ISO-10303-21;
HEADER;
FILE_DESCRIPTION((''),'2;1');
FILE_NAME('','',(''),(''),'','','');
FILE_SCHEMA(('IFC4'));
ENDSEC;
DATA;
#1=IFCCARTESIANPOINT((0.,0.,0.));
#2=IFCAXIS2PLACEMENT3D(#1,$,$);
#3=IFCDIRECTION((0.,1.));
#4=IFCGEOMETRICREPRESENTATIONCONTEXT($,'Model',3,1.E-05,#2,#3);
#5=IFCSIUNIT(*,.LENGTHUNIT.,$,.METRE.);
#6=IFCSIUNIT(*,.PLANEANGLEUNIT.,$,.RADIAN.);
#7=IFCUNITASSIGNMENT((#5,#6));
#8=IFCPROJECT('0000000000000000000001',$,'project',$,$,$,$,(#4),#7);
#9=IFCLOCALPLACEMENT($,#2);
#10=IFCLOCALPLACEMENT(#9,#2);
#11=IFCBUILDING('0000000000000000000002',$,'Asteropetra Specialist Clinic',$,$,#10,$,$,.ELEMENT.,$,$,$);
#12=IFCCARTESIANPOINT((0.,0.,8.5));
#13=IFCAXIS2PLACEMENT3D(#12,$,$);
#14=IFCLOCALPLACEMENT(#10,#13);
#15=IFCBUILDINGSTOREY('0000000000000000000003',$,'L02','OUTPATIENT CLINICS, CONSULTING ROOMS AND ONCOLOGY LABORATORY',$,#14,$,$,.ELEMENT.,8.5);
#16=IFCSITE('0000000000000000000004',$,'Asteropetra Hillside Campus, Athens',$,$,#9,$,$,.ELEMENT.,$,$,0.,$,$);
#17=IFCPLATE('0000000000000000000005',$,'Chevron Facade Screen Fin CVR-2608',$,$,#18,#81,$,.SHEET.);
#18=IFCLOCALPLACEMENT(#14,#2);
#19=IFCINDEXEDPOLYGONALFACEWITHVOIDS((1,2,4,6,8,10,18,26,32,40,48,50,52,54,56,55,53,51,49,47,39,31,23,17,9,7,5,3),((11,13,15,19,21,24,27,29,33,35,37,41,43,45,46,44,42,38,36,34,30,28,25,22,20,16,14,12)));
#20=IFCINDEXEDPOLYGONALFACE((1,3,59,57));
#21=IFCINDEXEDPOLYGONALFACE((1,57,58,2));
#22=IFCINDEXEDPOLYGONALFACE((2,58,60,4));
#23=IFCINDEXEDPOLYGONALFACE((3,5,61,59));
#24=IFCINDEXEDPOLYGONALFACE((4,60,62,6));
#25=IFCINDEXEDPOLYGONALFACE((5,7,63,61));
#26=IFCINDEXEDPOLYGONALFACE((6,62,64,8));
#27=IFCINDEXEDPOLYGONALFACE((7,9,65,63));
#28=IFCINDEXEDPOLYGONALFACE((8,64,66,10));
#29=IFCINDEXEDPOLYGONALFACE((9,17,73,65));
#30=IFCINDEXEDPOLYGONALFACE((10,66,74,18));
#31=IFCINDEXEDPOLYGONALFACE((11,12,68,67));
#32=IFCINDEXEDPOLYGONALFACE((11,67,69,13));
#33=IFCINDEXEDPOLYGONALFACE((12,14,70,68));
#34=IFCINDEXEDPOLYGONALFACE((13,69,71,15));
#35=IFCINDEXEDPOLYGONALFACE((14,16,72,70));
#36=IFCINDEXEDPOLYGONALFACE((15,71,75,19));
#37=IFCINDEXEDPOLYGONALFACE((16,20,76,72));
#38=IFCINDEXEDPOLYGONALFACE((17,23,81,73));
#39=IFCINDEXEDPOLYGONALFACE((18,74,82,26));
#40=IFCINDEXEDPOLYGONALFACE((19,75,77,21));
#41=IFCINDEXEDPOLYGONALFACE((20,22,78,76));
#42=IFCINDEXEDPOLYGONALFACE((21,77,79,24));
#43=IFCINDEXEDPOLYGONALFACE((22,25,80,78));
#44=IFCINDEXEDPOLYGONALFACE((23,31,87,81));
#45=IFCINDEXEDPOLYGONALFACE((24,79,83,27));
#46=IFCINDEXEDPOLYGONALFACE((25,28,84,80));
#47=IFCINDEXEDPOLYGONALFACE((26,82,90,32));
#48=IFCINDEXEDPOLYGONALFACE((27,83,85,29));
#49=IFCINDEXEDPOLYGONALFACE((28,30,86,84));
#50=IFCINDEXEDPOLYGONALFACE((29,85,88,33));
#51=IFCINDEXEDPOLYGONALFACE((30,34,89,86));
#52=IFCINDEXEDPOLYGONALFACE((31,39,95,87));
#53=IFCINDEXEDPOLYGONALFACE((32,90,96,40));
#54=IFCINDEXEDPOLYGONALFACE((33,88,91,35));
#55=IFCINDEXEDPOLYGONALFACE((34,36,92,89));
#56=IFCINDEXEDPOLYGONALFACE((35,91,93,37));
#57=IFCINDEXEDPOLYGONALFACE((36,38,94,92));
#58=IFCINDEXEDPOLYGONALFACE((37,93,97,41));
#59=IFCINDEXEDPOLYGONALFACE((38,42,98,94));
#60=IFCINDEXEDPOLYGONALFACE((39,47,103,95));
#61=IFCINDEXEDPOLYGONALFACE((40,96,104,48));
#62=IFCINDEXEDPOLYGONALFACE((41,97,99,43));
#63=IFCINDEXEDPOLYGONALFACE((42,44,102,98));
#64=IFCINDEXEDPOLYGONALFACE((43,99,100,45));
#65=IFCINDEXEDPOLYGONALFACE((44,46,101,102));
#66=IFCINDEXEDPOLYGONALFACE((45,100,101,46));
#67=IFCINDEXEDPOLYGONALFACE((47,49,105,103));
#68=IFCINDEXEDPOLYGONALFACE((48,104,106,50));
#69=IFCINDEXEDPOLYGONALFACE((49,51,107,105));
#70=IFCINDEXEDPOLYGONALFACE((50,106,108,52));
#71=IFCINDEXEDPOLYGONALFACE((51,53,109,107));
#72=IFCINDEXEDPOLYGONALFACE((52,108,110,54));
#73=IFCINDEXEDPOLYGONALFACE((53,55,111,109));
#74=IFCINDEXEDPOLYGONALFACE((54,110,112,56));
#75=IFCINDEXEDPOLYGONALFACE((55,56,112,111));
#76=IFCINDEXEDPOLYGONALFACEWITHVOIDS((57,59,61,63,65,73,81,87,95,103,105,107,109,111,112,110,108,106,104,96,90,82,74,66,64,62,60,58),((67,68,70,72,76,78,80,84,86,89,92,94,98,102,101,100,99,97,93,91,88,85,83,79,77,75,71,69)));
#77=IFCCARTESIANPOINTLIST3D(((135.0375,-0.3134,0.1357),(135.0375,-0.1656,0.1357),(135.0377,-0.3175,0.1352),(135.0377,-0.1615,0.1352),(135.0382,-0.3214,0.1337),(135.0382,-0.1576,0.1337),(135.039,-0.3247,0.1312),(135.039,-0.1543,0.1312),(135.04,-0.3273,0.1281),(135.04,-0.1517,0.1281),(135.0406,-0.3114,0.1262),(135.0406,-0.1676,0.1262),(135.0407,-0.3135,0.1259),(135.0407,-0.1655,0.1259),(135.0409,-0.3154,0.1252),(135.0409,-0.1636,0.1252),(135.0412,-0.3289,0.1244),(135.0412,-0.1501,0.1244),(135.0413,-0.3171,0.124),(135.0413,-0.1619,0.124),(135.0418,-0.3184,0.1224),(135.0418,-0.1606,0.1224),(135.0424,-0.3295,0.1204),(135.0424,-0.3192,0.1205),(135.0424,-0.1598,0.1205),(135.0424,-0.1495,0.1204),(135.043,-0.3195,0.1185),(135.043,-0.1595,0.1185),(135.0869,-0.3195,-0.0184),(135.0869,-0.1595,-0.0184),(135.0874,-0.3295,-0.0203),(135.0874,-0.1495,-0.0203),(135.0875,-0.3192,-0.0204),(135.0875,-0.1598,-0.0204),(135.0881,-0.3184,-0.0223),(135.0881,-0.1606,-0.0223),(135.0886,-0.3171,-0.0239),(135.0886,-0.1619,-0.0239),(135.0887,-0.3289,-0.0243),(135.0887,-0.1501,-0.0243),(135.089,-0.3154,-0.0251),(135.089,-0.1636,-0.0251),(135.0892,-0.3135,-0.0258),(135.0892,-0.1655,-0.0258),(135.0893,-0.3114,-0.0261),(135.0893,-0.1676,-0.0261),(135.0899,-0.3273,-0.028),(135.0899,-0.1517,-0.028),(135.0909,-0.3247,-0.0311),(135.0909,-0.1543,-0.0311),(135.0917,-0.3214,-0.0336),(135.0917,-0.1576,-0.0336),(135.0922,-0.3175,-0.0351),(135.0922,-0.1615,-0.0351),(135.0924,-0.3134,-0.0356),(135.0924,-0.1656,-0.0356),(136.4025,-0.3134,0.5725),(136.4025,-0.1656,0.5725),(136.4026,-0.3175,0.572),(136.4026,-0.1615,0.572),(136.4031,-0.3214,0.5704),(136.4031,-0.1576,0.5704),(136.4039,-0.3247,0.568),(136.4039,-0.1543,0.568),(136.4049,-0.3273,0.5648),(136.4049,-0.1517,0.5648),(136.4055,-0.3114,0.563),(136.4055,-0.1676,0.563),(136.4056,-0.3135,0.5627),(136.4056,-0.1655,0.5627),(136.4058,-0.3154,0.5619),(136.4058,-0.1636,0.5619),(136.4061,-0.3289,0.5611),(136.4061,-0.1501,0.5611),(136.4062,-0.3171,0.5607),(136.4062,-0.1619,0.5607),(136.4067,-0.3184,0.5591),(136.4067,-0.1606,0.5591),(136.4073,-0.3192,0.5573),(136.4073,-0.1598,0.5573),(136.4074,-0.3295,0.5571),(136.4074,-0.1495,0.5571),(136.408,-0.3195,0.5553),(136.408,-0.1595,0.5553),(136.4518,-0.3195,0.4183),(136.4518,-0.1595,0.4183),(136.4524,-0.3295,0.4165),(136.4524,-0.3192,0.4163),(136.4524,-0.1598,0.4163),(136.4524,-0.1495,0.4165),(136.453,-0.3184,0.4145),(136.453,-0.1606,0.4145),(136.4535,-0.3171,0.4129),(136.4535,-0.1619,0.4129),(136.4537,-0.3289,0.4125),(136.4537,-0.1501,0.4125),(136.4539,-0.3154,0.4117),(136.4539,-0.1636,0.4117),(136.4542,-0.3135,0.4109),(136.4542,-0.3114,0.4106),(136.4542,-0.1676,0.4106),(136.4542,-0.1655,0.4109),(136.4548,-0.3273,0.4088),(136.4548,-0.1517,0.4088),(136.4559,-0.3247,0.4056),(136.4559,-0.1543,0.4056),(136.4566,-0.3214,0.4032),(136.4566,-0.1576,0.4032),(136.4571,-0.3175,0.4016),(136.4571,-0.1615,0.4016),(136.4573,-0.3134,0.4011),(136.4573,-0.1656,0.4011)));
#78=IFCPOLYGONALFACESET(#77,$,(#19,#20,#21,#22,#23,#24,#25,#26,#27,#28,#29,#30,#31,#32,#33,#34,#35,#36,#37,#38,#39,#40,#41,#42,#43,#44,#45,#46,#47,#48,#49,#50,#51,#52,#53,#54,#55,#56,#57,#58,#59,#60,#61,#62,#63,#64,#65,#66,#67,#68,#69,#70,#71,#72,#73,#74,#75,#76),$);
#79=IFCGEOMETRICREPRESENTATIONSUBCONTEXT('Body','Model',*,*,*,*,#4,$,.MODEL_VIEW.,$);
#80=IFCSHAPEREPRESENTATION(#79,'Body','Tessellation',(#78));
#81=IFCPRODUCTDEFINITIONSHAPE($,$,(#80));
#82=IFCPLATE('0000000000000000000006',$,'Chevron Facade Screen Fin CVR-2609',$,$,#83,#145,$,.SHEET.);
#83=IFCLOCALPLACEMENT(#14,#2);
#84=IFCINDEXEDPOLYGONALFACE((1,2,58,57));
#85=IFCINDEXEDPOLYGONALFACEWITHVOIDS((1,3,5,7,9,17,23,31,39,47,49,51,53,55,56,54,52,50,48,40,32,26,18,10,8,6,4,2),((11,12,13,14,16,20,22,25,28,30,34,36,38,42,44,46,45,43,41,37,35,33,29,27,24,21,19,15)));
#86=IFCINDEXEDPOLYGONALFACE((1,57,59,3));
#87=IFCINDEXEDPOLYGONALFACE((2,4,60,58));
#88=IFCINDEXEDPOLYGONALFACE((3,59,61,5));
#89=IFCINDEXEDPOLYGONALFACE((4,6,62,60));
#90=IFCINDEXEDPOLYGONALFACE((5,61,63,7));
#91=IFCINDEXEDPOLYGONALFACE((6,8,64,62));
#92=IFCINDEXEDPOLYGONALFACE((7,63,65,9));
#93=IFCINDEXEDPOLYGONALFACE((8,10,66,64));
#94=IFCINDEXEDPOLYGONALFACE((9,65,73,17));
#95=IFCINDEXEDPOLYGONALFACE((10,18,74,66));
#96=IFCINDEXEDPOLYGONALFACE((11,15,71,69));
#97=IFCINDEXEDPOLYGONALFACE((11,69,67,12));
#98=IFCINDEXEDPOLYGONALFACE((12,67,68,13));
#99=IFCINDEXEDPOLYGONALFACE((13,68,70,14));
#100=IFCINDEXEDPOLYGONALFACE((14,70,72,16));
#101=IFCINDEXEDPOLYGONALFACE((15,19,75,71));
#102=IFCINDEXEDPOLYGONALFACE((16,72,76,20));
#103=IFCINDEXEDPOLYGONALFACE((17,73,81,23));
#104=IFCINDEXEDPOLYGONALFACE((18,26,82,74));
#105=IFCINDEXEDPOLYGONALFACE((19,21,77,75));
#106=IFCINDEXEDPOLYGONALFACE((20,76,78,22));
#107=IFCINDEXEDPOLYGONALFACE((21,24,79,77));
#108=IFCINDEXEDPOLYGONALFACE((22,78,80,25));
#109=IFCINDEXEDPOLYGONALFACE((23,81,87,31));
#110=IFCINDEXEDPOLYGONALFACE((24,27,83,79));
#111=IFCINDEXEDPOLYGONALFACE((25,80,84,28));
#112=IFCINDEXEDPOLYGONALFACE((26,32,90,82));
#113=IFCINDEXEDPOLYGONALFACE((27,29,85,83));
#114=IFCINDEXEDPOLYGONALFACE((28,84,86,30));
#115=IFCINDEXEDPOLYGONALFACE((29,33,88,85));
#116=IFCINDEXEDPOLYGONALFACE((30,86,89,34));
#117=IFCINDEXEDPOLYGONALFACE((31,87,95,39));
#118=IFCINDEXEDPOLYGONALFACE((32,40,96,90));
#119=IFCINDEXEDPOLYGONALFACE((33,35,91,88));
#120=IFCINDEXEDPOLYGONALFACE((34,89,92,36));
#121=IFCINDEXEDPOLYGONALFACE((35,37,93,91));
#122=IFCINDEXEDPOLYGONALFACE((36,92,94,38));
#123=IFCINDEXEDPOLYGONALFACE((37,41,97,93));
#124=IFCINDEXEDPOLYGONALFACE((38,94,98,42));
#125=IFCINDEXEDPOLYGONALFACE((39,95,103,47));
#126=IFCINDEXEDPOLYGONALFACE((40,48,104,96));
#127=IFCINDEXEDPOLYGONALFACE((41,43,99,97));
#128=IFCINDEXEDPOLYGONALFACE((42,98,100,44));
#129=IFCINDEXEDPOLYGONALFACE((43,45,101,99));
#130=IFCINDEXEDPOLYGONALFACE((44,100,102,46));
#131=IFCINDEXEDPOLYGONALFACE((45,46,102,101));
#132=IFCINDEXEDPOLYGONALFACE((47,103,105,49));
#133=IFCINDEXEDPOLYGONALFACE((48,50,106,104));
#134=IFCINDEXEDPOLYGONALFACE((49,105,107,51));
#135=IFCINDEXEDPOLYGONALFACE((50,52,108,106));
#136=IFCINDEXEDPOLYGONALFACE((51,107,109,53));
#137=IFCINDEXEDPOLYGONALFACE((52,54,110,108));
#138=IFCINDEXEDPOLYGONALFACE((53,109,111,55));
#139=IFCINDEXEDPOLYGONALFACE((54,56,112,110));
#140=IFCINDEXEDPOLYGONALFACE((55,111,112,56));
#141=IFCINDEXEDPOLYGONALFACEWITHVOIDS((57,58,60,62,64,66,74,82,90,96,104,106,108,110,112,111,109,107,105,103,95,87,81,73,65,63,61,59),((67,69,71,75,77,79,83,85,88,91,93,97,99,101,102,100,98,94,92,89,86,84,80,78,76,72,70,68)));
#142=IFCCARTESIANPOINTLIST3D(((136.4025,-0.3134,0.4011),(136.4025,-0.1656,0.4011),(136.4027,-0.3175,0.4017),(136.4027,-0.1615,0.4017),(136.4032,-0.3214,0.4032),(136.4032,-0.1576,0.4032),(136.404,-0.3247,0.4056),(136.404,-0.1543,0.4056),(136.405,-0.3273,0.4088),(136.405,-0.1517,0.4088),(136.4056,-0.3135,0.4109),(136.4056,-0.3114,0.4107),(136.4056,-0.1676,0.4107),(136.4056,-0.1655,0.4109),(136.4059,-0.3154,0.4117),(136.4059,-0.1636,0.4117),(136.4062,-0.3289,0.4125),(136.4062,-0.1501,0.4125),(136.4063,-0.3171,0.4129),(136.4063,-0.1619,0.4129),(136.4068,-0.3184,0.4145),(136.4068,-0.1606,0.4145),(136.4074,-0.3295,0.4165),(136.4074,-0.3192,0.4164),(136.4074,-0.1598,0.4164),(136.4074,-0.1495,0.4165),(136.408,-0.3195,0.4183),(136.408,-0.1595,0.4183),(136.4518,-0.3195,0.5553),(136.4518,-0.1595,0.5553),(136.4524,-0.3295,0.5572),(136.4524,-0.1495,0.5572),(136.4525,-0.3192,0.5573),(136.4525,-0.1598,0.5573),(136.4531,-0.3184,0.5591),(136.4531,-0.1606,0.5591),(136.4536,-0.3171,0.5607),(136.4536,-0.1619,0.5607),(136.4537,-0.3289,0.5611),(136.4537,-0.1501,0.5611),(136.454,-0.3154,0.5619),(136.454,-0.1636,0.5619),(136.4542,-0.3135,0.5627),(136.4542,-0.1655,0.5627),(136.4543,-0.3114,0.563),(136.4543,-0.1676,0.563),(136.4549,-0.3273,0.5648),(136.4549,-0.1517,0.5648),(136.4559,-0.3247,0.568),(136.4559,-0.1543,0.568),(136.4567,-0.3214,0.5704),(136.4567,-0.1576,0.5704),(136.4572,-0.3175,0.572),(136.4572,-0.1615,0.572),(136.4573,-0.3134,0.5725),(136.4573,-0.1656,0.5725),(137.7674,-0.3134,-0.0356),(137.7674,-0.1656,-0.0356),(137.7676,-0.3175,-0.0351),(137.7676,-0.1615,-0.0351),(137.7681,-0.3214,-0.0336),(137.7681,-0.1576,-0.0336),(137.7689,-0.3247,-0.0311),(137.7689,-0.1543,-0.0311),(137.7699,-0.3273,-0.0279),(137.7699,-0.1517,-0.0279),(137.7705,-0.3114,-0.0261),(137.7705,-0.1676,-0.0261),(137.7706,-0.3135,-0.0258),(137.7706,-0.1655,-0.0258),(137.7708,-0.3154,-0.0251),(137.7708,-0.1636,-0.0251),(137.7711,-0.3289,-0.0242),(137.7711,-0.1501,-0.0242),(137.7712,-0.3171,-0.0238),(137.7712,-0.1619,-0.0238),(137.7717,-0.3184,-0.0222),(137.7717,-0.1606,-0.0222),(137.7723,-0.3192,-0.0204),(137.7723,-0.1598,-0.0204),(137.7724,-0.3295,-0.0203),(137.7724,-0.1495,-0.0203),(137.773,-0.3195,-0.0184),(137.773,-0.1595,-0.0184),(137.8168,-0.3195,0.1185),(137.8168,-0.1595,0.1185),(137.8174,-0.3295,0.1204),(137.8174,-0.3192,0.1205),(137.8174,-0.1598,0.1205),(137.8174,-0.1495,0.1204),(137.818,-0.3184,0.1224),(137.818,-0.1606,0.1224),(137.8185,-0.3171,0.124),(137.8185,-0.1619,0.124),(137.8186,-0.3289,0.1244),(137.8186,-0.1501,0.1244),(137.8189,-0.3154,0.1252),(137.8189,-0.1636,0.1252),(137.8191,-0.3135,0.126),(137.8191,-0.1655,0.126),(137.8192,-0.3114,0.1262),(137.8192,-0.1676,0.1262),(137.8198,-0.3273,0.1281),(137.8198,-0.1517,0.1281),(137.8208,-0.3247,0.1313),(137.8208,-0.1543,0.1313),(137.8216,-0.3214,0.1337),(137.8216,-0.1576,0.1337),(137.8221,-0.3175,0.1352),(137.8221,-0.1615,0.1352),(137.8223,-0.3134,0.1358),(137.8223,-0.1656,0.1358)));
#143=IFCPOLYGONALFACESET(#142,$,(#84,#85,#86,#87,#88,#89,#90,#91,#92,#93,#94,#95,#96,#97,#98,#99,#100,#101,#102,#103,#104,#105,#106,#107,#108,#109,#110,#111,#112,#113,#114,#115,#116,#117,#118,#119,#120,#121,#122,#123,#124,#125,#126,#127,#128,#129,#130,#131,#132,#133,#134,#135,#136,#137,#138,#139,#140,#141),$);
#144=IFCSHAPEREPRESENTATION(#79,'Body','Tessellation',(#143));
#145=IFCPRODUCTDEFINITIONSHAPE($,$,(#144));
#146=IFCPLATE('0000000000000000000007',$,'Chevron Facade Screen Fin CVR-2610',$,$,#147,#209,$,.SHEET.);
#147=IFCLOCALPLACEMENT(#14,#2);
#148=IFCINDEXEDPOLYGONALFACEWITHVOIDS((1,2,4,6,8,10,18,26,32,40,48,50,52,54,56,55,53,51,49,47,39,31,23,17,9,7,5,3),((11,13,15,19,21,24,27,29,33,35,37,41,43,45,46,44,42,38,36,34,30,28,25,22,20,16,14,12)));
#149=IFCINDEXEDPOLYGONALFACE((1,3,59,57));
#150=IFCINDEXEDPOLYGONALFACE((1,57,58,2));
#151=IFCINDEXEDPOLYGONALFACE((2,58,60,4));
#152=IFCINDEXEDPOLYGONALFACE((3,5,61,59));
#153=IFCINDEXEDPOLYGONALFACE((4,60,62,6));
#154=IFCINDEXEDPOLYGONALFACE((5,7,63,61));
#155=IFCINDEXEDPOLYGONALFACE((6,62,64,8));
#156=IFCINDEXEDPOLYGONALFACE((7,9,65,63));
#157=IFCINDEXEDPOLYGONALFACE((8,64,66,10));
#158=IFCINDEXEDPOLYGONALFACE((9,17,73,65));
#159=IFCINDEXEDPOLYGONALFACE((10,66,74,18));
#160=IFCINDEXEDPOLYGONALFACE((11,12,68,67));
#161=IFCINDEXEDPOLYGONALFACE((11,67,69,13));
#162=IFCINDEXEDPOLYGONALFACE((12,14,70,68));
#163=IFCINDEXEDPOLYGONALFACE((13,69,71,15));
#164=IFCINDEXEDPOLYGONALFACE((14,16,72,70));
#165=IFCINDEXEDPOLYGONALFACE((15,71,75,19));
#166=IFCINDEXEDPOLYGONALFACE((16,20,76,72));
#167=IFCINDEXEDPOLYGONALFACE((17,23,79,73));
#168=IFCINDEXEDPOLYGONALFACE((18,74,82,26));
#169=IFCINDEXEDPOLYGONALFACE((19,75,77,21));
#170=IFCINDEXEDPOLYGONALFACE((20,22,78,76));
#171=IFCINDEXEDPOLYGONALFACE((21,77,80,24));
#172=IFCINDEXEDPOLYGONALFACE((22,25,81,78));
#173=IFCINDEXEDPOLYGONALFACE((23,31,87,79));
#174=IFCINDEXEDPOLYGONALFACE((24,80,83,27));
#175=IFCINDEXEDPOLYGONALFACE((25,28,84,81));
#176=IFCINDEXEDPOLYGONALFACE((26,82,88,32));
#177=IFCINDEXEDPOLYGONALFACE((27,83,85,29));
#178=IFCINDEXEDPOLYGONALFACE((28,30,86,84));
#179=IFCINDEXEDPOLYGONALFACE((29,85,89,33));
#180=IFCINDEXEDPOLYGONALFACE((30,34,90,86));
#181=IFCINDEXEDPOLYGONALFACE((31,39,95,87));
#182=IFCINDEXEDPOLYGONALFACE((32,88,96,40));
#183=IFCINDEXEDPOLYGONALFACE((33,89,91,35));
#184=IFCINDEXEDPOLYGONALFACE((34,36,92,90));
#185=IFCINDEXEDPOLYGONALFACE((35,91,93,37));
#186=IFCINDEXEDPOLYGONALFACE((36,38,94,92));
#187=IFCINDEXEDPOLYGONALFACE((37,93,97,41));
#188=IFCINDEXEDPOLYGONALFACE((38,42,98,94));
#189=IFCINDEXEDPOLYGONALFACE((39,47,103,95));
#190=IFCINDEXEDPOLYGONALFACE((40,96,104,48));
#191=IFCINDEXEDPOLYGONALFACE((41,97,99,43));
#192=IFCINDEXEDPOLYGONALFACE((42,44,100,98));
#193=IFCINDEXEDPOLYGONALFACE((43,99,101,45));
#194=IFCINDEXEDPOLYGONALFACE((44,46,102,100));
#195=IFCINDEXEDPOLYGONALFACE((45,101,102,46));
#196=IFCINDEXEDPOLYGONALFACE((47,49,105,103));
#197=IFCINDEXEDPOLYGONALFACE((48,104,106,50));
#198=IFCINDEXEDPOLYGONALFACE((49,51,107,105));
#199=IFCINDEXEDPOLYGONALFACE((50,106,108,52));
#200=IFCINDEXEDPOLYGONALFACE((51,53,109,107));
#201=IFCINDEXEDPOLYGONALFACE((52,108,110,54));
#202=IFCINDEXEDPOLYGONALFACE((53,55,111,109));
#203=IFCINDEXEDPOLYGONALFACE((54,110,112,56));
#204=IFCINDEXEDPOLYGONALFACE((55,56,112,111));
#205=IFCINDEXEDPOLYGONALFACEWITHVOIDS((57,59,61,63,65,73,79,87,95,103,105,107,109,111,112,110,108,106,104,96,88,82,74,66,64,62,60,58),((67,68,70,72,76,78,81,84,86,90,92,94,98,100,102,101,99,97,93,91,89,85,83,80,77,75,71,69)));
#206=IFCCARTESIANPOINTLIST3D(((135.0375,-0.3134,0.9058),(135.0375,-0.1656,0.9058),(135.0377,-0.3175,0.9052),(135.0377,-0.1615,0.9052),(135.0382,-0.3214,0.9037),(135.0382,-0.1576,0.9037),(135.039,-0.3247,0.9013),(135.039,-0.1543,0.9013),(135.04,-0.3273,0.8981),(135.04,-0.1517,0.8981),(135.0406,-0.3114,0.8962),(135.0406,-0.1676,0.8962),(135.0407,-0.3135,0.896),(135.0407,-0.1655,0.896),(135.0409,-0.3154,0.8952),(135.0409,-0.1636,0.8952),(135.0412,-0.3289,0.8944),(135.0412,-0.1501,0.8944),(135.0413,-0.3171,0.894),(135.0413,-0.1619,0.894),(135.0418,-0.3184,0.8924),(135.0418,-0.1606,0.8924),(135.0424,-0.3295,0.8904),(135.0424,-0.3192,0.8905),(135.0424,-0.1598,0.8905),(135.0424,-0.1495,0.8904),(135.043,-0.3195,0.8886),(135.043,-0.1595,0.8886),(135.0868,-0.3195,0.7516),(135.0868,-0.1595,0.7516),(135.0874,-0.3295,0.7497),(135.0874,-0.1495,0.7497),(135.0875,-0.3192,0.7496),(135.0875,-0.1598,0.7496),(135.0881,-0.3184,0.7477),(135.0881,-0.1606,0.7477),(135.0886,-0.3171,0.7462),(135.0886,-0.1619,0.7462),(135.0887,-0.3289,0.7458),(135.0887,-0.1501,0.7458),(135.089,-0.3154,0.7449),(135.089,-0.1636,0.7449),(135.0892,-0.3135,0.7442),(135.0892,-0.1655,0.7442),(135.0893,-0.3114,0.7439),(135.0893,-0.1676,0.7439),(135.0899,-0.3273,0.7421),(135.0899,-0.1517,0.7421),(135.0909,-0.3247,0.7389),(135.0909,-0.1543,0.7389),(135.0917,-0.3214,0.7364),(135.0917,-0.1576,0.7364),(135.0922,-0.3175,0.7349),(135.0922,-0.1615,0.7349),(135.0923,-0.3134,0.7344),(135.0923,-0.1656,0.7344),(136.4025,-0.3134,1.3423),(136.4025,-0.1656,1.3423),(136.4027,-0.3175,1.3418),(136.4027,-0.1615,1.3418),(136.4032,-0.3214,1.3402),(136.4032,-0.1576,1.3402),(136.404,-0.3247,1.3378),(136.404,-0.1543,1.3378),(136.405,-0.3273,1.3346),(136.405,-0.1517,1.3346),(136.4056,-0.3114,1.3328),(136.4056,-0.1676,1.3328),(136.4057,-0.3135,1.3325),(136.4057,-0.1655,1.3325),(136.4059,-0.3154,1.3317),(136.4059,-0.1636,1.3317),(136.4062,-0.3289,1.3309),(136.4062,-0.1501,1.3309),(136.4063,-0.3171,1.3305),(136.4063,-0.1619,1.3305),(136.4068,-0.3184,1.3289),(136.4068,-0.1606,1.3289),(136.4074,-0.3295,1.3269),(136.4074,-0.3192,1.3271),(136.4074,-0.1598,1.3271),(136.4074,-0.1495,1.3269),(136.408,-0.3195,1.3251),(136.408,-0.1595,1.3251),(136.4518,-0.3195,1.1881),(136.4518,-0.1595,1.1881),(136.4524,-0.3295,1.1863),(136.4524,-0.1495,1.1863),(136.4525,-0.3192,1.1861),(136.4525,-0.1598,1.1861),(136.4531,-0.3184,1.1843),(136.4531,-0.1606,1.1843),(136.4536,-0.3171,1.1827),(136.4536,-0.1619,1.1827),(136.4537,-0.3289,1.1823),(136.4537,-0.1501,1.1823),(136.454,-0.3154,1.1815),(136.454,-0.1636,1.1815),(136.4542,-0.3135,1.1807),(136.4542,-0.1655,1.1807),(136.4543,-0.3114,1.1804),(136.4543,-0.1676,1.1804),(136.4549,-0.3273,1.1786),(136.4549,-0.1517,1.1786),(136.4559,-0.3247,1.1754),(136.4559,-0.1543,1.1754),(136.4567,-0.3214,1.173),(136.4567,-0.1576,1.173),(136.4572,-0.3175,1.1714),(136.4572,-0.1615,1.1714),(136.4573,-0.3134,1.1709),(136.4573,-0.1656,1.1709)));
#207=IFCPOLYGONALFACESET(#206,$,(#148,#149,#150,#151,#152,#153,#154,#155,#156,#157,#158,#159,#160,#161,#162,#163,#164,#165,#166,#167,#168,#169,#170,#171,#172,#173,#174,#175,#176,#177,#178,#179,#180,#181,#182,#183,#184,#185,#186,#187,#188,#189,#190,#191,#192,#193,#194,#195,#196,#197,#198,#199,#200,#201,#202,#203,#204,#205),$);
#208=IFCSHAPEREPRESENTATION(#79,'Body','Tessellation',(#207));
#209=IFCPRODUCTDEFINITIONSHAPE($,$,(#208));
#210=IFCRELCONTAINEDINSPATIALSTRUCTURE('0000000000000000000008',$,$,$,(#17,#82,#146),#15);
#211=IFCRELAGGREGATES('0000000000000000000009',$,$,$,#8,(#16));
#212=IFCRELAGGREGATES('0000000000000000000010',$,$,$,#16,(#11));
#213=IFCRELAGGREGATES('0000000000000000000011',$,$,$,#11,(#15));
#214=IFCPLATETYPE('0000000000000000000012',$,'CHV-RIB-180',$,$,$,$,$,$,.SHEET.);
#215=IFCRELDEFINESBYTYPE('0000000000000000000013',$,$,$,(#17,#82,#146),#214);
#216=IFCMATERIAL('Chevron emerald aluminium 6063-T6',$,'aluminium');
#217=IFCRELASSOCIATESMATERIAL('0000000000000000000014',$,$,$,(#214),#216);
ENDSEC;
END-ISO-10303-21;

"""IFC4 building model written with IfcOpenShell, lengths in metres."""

from ifc_helpers import new_model, si_unit, direction, frame, origin, origin_2d, place, context, subcontext, project, spatial, hollow_rectangle, extrude, material, material_profile, profile_set, type_object, element, save


model = new_model("IFC4")

# Units and contexts
model_context = context("Model", 3, precision=1e-05, world=origin(), true_north=direction((0.0, 1.0)))
body_context = subcontext(model_context, "Body", "Model", "MODEL_VIEW")
ifc_project = project(units=[si_unit("LENGTHUNIT", "METRE"), si_unit("PLANEANGLEUNIT", "RADIAN")], contexts=[model_context])

# Site, building, storey
site_placement = place(None, origin())
site = spatial("IfcSite", under=ifc_project, at=site_placement, Name="Asteropetra Hillside Campus, Athens", CompositionType="ELEMENT", RefElevation=0.0)
building_placement = place(site_placement, origin())
building = spatial("IfcBuilding", under=site, at=building_placement, Name="Asteropetra Specialist Clinic", CompositionType="ELEMENT")
storey_placement = place(building_placement, frame((0.0, 0.0, 8.5)))
storey = spatial("IfcBuildingStorey", under=building, at=storey_placement, Name="L02", Description="OUTPATIENT CLINICS, CONSULTING ROOMS AND ONCOLOGY LABORATORY", CompositionType="ELEMENT", Elevation=8.5)

# Plates
ifc_material_1 = material(Name="Chevron emerald aluminium 6063-T6", Category="aluminium")
ifc_material_profile = material_profile(ifc_material_1, hollow_rectangle(XDim=0.1799, YDim=0.1799, WallThickness=0.01, InnerFilletRadius=0.0081, OuterFilletRadius=0.0161, at=origin_2d()), Name="SHS 180x180x10.0")
ifc_profile_set = profile_set([ifc_material_profile], Name="Chevron emerald aluminium 6063-T6")
plate_type = type_object("IfcPlateType", Name="CHV-RIB-180", PredefinedType="SHEET", material=ifc_profile_set)
for number, where, z_axis, x_axis, name in (
    (1, (135.0649, -0.2395, 0.05), (0.95243, 0.0, 0.304757), (0.0, 1.0, 0.0), "Chevron Facade Screen Fin CVR-2608"),
    (2, (136.4299, -0.2395, 0.4868), (0.95243, 0.0, -0.304757), (0.0, 1.0, 0.0), "Chevron Facade Screen Fin CVR-2609"),
    (3, (135.0649, -0.2395, 0.8201), (0.95248, 0.0, 0.304603), (0.0, 1.0, 0.0), "Chevron Facade Screen Fin CVR-2610"),
):
    element("IfcPlate", number, at=place(storey_placement, frame(where, z_axis=z_axis, x_axis=x_axis)), inside=storey, type_object=plate_type, Name=name, PredefinedType="SHEET", context=body_context, shape_type="SweptSolid", body=[
        extrude(hollow_rectangle(XDim=0.1799, YDim=0.1799, WallThickness=0.01, InnerFilletRadius=0.0081, OuterFilletRadius=0.0161, at=origin_2d()), origin(), (0.0, 0.0, 1.0), 1.4331),
    ])

save(model, "model.ifc")
